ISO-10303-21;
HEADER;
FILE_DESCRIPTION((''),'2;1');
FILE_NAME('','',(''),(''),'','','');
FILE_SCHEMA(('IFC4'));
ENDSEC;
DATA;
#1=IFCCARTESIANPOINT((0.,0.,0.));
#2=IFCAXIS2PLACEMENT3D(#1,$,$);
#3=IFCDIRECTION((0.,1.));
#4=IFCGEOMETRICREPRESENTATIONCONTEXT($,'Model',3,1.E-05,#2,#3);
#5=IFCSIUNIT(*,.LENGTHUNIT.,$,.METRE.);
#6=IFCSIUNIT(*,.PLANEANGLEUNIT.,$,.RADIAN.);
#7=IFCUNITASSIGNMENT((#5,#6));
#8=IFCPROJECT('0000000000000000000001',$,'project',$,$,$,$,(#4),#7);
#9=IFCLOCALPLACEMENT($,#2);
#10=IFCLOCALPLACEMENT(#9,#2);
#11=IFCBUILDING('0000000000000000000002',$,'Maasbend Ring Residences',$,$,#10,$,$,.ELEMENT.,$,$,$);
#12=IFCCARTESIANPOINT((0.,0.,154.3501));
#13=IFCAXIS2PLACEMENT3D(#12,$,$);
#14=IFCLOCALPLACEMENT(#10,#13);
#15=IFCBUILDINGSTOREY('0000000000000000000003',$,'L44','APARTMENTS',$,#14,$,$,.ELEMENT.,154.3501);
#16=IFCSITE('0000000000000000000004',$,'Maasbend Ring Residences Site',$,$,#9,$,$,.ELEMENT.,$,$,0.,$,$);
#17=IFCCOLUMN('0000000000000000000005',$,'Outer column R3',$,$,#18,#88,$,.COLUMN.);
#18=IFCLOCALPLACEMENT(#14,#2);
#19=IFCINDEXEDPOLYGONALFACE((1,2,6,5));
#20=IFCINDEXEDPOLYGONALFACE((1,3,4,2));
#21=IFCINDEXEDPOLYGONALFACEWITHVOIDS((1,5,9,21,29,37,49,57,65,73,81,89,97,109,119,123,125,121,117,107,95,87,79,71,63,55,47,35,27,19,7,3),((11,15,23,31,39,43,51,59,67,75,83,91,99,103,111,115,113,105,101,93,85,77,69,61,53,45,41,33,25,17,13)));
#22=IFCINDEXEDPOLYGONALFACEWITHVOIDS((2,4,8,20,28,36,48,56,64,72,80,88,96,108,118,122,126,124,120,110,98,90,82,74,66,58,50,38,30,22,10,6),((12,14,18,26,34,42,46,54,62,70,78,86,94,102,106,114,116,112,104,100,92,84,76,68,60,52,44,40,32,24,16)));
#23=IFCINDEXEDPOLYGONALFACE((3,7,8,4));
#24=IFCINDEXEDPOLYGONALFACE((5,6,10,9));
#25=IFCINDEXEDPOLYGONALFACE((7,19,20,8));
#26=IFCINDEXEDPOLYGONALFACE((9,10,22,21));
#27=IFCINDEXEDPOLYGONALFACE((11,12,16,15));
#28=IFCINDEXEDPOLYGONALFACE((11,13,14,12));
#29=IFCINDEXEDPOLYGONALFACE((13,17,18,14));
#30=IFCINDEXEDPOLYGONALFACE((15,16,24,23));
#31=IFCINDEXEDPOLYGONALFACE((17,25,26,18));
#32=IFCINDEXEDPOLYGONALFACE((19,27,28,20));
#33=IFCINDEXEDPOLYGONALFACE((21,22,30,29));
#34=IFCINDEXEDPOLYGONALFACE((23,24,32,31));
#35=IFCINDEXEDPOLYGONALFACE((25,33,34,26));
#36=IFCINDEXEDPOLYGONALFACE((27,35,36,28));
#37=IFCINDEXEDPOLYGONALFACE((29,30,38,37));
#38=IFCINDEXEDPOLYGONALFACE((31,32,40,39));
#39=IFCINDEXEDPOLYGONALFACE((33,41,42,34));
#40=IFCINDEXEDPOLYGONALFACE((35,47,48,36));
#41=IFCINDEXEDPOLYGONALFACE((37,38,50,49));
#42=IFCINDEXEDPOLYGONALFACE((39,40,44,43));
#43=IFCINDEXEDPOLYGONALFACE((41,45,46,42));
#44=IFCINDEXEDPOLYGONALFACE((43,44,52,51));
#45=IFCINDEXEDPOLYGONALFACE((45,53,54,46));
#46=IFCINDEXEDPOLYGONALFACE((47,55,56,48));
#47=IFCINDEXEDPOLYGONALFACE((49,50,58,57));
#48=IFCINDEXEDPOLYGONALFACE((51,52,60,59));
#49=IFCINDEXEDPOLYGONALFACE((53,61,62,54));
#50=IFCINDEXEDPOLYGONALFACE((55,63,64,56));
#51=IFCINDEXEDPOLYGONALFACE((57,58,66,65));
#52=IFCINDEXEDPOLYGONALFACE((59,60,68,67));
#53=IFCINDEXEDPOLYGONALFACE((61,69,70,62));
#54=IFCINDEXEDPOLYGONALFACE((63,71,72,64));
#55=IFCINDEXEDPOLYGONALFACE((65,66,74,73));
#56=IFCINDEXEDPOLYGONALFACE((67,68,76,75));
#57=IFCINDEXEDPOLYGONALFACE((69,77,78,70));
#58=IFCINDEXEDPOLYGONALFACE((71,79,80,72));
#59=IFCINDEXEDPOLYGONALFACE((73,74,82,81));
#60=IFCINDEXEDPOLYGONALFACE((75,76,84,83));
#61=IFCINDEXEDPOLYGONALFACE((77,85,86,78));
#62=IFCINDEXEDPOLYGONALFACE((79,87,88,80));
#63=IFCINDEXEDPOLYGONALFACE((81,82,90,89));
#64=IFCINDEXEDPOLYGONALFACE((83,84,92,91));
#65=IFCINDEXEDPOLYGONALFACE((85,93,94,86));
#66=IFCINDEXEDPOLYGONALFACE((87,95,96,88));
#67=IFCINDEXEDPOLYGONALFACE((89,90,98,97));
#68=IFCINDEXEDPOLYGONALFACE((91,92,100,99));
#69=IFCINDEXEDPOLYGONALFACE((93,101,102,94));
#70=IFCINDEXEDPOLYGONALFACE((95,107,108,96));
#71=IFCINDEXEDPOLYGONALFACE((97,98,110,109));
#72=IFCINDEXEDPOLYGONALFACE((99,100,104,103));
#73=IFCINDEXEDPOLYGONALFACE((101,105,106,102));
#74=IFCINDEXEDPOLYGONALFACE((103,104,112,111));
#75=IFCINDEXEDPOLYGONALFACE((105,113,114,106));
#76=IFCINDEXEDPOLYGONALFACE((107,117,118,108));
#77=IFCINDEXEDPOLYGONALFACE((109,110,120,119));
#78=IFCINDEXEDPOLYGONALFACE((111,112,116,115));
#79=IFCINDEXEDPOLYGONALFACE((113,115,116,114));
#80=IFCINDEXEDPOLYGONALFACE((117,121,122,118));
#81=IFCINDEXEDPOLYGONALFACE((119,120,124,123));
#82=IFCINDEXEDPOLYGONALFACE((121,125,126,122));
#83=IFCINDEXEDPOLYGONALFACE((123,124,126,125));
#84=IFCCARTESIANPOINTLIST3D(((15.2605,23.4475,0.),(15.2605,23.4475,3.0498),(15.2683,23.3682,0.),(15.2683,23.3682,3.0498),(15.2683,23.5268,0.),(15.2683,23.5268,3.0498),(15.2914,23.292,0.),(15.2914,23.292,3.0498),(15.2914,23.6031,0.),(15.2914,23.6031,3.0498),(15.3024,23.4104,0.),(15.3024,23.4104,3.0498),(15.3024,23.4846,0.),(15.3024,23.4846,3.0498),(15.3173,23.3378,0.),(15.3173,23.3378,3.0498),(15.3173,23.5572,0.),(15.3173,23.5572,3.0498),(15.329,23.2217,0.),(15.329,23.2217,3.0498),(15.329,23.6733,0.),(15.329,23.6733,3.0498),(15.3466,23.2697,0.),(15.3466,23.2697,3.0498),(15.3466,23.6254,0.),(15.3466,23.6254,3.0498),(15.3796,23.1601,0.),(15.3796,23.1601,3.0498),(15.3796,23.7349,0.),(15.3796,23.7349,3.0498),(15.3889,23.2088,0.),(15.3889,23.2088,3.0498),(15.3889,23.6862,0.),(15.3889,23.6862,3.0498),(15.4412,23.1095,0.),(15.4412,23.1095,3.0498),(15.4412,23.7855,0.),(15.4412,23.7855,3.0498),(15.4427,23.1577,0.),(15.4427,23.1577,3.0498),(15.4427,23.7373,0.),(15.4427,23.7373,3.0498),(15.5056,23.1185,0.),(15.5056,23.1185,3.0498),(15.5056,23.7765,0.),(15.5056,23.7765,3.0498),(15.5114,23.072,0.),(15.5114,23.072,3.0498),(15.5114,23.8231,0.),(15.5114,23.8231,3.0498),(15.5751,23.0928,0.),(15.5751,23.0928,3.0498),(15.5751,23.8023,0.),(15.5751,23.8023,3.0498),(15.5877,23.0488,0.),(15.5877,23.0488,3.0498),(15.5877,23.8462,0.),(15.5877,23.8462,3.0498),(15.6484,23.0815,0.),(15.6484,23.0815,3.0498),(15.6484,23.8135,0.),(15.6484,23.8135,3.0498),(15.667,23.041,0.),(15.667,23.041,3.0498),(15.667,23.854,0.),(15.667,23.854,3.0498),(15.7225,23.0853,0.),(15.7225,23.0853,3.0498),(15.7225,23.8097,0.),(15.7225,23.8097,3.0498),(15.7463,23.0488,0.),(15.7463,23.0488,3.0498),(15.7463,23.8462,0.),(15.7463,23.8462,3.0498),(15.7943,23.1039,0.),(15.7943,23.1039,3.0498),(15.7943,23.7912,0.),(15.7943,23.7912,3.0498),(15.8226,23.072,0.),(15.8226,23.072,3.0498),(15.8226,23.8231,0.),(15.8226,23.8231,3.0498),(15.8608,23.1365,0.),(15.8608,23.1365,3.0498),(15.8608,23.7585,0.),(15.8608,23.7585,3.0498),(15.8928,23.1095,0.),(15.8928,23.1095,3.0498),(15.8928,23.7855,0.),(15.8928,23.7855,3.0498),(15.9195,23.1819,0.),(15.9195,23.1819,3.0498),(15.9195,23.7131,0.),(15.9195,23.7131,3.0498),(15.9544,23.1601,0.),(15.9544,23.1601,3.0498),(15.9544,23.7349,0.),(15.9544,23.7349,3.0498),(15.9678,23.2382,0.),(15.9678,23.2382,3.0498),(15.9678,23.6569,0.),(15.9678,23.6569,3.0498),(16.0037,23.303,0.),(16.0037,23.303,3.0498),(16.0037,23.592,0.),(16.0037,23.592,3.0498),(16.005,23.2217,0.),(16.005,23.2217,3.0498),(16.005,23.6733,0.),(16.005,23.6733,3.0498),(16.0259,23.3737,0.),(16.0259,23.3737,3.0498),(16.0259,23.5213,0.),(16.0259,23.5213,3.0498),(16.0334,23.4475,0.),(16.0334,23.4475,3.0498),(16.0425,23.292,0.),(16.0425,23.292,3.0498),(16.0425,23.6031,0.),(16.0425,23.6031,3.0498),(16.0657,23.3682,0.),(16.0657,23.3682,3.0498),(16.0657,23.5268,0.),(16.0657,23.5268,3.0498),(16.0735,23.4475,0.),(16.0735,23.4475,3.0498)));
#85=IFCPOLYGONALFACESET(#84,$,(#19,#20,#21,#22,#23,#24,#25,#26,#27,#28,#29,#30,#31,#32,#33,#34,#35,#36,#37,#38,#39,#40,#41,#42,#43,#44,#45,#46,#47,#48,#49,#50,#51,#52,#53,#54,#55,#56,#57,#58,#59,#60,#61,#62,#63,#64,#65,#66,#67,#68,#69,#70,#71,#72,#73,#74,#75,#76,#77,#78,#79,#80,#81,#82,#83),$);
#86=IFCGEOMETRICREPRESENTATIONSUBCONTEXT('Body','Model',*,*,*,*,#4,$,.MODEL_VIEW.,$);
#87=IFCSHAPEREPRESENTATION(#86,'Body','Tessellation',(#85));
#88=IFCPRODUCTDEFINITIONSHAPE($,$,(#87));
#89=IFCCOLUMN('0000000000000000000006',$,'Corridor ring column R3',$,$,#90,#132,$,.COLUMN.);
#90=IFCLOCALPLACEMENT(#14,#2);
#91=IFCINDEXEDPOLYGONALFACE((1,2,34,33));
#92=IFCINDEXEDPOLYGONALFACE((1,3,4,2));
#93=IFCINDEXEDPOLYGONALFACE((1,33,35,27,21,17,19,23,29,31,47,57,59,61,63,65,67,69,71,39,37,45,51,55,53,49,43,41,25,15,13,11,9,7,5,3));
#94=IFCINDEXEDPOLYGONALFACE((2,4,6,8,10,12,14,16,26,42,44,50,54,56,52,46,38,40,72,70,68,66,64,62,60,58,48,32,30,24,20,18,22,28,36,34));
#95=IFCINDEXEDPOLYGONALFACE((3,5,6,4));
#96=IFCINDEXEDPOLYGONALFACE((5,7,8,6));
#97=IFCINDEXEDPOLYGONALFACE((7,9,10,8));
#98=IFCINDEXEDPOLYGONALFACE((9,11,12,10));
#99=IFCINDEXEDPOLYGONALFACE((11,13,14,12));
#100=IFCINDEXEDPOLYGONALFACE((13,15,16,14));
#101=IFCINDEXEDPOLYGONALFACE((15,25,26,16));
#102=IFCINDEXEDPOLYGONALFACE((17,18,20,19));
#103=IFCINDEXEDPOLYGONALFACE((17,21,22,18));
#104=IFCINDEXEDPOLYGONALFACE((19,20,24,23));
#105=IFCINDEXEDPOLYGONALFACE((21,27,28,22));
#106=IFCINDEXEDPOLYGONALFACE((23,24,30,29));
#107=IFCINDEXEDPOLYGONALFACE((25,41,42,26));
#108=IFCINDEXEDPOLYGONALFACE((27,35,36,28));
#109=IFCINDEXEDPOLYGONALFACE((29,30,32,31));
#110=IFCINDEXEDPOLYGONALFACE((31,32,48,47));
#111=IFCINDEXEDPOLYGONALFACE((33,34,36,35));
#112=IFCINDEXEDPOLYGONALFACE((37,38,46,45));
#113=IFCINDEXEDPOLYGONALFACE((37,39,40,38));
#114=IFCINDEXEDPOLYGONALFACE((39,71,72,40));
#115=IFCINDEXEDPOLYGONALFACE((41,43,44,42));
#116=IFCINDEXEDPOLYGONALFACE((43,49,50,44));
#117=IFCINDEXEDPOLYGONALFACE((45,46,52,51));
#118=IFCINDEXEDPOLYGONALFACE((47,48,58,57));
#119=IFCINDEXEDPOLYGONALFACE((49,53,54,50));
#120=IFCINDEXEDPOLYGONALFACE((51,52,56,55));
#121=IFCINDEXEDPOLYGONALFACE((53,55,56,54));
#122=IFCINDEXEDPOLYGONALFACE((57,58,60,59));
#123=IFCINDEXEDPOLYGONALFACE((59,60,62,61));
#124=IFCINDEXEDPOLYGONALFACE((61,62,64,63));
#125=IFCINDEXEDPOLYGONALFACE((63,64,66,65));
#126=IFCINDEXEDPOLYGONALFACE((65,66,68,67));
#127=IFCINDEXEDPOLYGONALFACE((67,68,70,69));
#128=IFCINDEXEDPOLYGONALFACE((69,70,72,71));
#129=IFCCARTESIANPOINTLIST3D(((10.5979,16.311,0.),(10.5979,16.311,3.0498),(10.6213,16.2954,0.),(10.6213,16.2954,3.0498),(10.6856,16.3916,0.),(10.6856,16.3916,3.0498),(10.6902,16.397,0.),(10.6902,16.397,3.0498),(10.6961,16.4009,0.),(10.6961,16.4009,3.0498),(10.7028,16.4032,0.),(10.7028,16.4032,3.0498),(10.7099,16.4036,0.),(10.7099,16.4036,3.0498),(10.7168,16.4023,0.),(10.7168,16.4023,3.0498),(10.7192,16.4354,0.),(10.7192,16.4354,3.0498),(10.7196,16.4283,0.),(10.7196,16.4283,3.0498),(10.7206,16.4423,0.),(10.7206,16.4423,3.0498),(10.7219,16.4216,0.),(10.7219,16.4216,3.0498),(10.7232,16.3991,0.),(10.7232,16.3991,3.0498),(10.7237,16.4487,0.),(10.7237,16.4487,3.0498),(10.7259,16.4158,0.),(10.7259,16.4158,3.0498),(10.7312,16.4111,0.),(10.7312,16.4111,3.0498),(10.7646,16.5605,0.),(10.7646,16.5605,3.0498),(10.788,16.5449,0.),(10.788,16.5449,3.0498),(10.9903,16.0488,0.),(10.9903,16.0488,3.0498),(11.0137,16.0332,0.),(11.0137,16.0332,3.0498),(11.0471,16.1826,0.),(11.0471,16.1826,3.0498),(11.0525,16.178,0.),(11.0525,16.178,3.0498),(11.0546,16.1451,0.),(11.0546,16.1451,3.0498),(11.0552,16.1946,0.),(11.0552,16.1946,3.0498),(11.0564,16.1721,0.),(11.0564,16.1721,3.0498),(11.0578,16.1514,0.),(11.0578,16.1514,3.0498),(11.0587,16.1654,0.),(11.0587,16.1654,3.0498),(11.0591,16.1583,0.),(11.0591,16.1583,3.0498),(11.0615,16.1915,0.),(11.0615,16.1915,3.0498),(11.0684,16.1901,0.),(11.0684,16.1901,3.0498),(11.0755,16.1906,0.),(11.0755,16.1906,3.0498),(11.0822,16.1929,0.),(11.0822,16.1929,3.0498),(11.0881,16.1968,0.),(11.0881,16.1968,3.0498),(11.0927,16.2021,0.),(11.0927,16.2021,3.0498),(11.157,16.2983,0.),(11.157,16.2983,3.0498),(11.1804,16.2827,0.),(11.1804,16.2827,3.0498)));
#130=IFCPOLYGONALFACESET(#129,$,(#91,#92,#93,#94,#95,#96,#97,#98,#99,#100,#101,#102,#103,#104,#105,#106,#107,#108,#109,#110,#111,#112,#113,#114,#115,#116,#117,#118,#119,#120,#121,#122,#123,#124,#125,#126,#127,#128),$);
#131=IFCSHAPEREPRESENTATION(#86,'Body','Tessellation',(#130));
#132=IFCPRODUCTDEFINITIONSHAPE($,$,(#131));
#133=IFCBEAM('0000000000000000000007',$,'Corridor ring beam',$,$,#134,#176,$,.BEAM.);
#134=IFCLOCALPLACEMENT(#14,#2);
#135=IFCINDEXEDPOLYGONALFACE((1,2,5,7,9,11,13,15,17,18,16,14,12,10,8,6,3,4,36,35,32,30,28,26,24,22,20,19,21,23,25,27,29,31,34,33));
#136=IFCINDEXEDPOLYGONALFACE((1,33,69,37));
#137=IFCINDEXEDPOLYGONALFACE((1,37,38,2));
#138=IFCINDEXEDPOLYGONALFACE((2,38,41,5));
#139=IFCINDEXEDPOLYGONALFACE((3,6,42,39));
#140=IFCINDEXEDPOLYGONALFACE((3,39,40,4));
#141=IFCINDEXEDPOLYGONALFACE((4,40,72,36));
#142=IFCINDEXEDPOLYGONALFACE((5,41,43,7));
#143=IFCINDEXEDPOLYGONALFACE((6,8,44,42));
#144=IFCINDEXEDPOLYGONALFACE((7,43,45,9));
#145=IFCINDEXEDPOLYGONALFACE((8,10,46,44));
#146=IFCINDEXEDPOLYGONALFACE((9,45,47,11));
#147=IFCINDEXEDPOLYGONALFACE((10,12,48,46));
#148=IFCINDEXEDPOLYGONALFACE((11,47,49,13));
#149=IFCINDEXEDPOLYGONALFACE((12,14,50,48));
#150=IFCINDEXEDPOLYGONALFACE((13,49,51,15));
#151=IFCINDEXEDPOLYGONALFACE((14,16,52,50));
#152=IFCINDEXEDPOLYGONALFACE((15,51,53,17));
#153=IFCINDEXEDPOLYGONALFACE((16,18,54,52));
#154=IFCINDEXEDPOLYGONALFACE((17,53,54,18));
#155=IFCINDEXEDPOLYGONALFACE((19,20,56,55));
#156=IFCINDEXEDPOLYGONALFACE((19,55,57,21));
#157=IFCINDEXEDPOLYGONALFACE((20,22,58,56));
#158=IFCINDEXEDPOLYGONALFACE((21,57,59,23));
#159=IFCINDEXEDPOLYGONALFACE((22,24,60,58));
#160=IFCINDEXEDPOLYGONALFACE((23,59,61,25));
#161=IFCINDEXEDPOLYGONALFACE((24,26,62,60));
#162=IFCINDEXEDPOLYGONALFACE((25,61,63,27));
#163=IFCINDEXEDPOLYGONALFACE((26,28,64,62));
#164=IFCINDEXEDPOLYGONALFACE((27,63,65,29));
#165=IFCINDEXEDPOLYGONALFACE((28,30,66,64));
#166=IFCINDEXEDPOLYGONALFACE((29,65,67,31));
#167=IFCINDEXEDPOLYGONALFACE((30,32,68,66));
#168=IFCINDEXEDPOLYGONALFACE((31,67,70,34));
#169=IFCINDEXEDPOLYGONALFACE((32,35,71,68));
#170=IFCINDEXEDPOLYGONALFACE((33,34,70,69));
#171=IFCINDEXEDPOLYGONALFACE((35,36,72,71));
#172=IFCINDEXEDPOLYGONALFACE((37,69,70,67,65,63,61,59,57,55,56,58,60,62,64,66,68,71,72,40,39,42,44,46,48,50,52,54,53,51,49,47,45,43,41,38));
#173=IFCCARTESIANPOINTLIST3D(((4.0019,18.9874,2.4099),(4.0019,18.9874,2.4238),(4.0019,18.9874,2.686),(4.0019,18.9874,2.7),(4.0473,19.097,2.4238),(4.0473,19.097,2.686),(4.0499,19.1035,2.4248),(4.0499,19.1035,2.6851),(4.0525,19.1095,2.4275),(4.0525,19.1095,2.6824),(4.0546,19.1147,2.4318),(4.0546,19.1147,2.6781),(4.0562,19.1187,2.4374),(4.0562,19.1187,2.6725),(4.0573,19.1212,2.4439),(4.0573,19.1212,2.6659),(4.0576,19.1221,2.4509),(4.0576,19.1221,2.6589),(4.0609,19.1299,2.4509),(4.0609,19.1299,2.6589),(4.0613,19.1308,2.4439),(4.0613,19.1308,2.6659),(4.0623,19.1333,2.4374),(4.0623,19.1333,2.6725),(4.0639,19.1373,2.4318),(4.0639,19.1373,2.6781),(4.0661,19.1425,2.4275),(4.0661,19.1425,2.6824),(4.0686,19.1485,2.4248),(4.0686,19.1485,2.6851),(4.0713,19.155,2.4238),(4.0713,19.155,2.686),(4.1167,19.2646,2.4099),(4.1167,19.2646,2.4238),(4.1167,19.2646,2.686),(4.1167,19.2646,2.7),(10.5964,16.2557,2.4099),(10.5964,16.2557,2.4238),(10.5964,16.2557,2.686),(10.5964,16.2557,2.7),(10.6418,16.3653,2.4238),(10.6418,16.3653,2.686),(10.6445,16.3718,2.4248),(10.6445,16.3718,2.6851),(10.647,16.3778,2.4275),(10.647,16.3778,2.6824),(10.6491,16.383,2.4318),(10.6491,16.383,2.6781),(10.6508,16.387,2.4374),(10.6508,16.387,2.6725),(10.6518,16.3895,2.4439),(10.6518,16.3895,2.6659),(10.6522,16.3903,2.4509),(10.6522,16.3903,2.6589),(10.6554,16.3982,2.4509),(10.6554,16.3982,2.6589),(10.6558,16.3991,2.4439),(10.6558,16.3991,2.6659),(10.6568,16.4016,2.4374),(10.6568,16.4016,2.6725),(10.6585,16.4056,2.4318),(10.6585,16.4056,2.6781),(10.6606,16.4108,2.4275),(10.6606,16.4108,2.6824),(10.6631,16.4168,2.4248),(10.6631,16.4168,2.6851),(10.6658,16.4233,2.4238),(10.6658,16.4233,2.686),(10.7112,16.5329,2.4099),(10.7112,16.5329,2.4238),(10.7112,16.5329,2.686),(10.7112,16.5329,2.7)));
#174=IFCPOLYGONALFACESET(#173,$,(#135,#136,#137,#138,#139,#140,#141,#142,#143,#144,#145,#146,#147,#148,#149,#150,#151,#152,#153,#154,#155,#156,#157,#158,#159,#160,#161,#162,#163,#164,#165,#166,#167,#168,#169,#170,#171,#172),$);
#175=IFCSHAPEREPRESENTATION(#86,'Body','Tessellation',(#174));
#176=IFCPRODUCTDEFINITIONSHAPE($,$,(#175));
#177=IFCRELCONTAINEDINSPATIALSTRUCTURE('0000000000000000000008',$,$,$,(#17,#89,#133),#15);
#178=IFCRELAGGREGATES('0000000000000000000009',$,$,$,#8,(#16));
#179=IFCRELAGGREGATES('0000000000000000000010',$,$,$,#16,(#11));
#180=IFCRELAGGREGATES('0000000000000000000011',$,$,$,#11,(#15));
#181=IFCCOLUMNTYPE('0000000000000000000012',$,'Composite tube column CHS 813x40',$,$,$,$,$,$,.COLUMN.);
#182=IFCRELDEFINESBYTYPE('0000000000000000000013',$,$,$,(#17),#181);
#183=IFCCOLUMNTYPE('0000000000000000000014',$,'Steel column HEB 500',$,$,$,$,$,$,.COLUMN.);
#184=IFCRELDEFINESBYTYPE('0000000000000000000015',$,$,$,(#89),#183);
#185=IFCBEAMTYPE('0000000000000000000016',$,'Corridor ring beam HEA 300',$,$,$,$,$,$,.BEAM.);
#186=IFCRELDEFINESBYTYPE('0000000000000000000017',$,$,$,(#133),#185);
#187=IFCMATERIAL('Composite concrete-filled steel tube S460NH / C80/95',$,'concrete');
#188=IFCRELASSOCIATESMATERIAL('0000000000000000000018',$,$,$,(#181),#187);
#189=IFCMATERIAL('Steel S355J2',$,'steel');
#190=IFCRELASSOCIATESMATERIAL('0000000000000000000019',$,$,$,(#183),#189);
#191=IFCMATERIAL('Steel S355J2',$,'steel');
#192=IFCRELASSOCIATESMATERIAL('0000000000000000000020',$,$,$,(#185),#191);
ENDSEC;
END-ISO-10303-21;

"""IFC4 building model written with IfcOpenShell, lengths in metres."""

from ifc_helpers import new_model, si_unit, direction, frame, origin, origin_2d, place, context, subcontext, project, spatial, hollow_circle, i_section, extrude, material, material_profile, profile_set, type_object, element, save


model = new_model("IFC4")

# Units and contexts
model_context = context("Model", 3, precision=1e-05, world=origin(), true_north=direction((0.0, 1.0)))
body_context = subcontext(model_context, "Body", "Model", "MODEL_VIEW")
ifc_project = project(units=[si_unit("LENGTHUNIT", "METRE"), si_unit("PLANEANGLEUNIT", "RADIAN")], contexts=[model_context])

# Site, building, storey
site_placement = place(None, origin())
site = spatial("IfcSite", under=ifc_project, at=site_placement, Name="Maasbend Ring Residences Site", CompositionType="ELEMENT", RefElevation=0.0)
building_placement = place(site_placement, origin())
building = spatial("IfcBuilding", under=site, at=building_placement, Name="Maasbend Ring Residences", CompositionType="ELEMENT")
storey_placement = place(building_placement, frame((0.0, 0.0, 154.3501)))
storey = spatial("IfcBuildingStorey", under=building, at=storey_placement, Name="L44", Description="APARTMENTS", CompositionType="ELEMENT", Elevation=154.3501)

# Columns
ifc_material_1 = material(Name="Composite concrete-filled steel tube S460NH / C80/95", Category="concrete")
ifc_material_profile_1 = material_profile(ifc_material_1, hollow_circle(Radius=0.4065, WallThickness=0.04, at=origin_2d()), Name="Composite tube column CHS 813x40")
ifc_profile_set_1 = profile_set([ifc_material_profile_1], Name="Composite concrete-filled steel tube S460NH / C80/95")
column_type_1 = type_object("IfcColumnType", Name="Composite tube column CHS 813x40", PredefinedType="COLUMN", material=ifc_profile_set_1)
column_1_placement = place(storey_placement, frame((15.667, 23.4475, 0.0), z_axis=(0.0, 0.0, 1.0), x_axis=(1.0, 0.0, 0.0)))
element("IfcColumn", 1, at=column_1_placement, inside=storey, type_object=column_type_1, Name="Outer column R3", PredefinedType="COLUMN", context=body_context, shape_type="SweptSolid", body=[
    extrude(hollow_circle(Radius=0.4065, WallThickness=0.04, at=origin_2d()), origin(), (0.0, 0.0, 1.0), 3.0498),
])
ifc_material_2 = material(Name="Steel S355J2", Category="steel")
ifc_material_profile_2 = material_profile(ifc_material_2, i_section(OverallWidth=0.3, OverallDepth=0.5, WebThickness=0.0144, FlangeThickness=0.0281, FilletRadius=0.0271, at=origin_2d()), Name="HEB 500")
ifc_profile_set_2 = profile_set([ifc_material_profile_2], Name="Steel S355J2")
column_type_2 = type_object("IfcColumnType", Name="Steel column HEB 500", PredefinedType="COLUMN", material=ifc_profile_set_2)
column_2_placement = place(storey_placement, frame((10.8892, 16.2969, 0.0), z_axis=(0.0, 0.0, 1.0), x_axis=(0.55557, 0.83147, 0.0)))
element("IfcColumn", 2, at=column_2_placement, inside=storey, type_object=column_type_2, Name="Corridor ring column R3", PredefinedType="COLUMN", context=body_context, shape_type="SweptSolid", body=[
    extrude(i_section(OverallWidth=0.3, OverallDepth=0.5, WebThickness=0.0144, FlangeThickness=0.0281, FilletRadius=0.0271, at=origin_2d()), origin(), (0.0, 0.0, 1.0), 3.0498),
])

# Beam
ifc_material_3 = material(Name="Steel S355J2", Category="steel")
ifc_material_profile_3 = material_profile(ifc_material_3, i_section(OverallWidth=0.3, OverallDepth=0.29, WebThickness=0.0085, FlangeThickness=0.0139, FilletRadius=0.0271, at=origin_2d()), Name="HEA 300")
ifc_profile_set_3 = profile_set([ifc_material_profile_3], Name="Steel S355J2")
beam_type_1 = type_object("IfcBeamType", Name="Corridor ring beam HEA 300", PredefinedType="BEAM", material=ifc_profile_set_3)
beam_1_placement = place(storey_placement, frame((10.6538, 16.3943, 2.5549), z_axis=(-0.923871, 0.382703, 0.0), x_axis=(-0.382703, -0.923871, 0.0)))
element("IfcBeam", 3, at=beam_1_placement, inside=storey, type_object=beam_type_1, Name="Corridor ring beam", PredefinedType="BEAM", context=body_context, shape_type="SweptSolid", body=[
    extrude(i_section(OverallWidth=0.3, OverallDepth=0.29, WebThickness=0.0085, FlangeThickness=0.0139, FilletRadius=0.0271, at=origin_2d()), origin(), (0.0, 0.0, 1.0), 7.1379),
])

save(model, "model.ifc")
